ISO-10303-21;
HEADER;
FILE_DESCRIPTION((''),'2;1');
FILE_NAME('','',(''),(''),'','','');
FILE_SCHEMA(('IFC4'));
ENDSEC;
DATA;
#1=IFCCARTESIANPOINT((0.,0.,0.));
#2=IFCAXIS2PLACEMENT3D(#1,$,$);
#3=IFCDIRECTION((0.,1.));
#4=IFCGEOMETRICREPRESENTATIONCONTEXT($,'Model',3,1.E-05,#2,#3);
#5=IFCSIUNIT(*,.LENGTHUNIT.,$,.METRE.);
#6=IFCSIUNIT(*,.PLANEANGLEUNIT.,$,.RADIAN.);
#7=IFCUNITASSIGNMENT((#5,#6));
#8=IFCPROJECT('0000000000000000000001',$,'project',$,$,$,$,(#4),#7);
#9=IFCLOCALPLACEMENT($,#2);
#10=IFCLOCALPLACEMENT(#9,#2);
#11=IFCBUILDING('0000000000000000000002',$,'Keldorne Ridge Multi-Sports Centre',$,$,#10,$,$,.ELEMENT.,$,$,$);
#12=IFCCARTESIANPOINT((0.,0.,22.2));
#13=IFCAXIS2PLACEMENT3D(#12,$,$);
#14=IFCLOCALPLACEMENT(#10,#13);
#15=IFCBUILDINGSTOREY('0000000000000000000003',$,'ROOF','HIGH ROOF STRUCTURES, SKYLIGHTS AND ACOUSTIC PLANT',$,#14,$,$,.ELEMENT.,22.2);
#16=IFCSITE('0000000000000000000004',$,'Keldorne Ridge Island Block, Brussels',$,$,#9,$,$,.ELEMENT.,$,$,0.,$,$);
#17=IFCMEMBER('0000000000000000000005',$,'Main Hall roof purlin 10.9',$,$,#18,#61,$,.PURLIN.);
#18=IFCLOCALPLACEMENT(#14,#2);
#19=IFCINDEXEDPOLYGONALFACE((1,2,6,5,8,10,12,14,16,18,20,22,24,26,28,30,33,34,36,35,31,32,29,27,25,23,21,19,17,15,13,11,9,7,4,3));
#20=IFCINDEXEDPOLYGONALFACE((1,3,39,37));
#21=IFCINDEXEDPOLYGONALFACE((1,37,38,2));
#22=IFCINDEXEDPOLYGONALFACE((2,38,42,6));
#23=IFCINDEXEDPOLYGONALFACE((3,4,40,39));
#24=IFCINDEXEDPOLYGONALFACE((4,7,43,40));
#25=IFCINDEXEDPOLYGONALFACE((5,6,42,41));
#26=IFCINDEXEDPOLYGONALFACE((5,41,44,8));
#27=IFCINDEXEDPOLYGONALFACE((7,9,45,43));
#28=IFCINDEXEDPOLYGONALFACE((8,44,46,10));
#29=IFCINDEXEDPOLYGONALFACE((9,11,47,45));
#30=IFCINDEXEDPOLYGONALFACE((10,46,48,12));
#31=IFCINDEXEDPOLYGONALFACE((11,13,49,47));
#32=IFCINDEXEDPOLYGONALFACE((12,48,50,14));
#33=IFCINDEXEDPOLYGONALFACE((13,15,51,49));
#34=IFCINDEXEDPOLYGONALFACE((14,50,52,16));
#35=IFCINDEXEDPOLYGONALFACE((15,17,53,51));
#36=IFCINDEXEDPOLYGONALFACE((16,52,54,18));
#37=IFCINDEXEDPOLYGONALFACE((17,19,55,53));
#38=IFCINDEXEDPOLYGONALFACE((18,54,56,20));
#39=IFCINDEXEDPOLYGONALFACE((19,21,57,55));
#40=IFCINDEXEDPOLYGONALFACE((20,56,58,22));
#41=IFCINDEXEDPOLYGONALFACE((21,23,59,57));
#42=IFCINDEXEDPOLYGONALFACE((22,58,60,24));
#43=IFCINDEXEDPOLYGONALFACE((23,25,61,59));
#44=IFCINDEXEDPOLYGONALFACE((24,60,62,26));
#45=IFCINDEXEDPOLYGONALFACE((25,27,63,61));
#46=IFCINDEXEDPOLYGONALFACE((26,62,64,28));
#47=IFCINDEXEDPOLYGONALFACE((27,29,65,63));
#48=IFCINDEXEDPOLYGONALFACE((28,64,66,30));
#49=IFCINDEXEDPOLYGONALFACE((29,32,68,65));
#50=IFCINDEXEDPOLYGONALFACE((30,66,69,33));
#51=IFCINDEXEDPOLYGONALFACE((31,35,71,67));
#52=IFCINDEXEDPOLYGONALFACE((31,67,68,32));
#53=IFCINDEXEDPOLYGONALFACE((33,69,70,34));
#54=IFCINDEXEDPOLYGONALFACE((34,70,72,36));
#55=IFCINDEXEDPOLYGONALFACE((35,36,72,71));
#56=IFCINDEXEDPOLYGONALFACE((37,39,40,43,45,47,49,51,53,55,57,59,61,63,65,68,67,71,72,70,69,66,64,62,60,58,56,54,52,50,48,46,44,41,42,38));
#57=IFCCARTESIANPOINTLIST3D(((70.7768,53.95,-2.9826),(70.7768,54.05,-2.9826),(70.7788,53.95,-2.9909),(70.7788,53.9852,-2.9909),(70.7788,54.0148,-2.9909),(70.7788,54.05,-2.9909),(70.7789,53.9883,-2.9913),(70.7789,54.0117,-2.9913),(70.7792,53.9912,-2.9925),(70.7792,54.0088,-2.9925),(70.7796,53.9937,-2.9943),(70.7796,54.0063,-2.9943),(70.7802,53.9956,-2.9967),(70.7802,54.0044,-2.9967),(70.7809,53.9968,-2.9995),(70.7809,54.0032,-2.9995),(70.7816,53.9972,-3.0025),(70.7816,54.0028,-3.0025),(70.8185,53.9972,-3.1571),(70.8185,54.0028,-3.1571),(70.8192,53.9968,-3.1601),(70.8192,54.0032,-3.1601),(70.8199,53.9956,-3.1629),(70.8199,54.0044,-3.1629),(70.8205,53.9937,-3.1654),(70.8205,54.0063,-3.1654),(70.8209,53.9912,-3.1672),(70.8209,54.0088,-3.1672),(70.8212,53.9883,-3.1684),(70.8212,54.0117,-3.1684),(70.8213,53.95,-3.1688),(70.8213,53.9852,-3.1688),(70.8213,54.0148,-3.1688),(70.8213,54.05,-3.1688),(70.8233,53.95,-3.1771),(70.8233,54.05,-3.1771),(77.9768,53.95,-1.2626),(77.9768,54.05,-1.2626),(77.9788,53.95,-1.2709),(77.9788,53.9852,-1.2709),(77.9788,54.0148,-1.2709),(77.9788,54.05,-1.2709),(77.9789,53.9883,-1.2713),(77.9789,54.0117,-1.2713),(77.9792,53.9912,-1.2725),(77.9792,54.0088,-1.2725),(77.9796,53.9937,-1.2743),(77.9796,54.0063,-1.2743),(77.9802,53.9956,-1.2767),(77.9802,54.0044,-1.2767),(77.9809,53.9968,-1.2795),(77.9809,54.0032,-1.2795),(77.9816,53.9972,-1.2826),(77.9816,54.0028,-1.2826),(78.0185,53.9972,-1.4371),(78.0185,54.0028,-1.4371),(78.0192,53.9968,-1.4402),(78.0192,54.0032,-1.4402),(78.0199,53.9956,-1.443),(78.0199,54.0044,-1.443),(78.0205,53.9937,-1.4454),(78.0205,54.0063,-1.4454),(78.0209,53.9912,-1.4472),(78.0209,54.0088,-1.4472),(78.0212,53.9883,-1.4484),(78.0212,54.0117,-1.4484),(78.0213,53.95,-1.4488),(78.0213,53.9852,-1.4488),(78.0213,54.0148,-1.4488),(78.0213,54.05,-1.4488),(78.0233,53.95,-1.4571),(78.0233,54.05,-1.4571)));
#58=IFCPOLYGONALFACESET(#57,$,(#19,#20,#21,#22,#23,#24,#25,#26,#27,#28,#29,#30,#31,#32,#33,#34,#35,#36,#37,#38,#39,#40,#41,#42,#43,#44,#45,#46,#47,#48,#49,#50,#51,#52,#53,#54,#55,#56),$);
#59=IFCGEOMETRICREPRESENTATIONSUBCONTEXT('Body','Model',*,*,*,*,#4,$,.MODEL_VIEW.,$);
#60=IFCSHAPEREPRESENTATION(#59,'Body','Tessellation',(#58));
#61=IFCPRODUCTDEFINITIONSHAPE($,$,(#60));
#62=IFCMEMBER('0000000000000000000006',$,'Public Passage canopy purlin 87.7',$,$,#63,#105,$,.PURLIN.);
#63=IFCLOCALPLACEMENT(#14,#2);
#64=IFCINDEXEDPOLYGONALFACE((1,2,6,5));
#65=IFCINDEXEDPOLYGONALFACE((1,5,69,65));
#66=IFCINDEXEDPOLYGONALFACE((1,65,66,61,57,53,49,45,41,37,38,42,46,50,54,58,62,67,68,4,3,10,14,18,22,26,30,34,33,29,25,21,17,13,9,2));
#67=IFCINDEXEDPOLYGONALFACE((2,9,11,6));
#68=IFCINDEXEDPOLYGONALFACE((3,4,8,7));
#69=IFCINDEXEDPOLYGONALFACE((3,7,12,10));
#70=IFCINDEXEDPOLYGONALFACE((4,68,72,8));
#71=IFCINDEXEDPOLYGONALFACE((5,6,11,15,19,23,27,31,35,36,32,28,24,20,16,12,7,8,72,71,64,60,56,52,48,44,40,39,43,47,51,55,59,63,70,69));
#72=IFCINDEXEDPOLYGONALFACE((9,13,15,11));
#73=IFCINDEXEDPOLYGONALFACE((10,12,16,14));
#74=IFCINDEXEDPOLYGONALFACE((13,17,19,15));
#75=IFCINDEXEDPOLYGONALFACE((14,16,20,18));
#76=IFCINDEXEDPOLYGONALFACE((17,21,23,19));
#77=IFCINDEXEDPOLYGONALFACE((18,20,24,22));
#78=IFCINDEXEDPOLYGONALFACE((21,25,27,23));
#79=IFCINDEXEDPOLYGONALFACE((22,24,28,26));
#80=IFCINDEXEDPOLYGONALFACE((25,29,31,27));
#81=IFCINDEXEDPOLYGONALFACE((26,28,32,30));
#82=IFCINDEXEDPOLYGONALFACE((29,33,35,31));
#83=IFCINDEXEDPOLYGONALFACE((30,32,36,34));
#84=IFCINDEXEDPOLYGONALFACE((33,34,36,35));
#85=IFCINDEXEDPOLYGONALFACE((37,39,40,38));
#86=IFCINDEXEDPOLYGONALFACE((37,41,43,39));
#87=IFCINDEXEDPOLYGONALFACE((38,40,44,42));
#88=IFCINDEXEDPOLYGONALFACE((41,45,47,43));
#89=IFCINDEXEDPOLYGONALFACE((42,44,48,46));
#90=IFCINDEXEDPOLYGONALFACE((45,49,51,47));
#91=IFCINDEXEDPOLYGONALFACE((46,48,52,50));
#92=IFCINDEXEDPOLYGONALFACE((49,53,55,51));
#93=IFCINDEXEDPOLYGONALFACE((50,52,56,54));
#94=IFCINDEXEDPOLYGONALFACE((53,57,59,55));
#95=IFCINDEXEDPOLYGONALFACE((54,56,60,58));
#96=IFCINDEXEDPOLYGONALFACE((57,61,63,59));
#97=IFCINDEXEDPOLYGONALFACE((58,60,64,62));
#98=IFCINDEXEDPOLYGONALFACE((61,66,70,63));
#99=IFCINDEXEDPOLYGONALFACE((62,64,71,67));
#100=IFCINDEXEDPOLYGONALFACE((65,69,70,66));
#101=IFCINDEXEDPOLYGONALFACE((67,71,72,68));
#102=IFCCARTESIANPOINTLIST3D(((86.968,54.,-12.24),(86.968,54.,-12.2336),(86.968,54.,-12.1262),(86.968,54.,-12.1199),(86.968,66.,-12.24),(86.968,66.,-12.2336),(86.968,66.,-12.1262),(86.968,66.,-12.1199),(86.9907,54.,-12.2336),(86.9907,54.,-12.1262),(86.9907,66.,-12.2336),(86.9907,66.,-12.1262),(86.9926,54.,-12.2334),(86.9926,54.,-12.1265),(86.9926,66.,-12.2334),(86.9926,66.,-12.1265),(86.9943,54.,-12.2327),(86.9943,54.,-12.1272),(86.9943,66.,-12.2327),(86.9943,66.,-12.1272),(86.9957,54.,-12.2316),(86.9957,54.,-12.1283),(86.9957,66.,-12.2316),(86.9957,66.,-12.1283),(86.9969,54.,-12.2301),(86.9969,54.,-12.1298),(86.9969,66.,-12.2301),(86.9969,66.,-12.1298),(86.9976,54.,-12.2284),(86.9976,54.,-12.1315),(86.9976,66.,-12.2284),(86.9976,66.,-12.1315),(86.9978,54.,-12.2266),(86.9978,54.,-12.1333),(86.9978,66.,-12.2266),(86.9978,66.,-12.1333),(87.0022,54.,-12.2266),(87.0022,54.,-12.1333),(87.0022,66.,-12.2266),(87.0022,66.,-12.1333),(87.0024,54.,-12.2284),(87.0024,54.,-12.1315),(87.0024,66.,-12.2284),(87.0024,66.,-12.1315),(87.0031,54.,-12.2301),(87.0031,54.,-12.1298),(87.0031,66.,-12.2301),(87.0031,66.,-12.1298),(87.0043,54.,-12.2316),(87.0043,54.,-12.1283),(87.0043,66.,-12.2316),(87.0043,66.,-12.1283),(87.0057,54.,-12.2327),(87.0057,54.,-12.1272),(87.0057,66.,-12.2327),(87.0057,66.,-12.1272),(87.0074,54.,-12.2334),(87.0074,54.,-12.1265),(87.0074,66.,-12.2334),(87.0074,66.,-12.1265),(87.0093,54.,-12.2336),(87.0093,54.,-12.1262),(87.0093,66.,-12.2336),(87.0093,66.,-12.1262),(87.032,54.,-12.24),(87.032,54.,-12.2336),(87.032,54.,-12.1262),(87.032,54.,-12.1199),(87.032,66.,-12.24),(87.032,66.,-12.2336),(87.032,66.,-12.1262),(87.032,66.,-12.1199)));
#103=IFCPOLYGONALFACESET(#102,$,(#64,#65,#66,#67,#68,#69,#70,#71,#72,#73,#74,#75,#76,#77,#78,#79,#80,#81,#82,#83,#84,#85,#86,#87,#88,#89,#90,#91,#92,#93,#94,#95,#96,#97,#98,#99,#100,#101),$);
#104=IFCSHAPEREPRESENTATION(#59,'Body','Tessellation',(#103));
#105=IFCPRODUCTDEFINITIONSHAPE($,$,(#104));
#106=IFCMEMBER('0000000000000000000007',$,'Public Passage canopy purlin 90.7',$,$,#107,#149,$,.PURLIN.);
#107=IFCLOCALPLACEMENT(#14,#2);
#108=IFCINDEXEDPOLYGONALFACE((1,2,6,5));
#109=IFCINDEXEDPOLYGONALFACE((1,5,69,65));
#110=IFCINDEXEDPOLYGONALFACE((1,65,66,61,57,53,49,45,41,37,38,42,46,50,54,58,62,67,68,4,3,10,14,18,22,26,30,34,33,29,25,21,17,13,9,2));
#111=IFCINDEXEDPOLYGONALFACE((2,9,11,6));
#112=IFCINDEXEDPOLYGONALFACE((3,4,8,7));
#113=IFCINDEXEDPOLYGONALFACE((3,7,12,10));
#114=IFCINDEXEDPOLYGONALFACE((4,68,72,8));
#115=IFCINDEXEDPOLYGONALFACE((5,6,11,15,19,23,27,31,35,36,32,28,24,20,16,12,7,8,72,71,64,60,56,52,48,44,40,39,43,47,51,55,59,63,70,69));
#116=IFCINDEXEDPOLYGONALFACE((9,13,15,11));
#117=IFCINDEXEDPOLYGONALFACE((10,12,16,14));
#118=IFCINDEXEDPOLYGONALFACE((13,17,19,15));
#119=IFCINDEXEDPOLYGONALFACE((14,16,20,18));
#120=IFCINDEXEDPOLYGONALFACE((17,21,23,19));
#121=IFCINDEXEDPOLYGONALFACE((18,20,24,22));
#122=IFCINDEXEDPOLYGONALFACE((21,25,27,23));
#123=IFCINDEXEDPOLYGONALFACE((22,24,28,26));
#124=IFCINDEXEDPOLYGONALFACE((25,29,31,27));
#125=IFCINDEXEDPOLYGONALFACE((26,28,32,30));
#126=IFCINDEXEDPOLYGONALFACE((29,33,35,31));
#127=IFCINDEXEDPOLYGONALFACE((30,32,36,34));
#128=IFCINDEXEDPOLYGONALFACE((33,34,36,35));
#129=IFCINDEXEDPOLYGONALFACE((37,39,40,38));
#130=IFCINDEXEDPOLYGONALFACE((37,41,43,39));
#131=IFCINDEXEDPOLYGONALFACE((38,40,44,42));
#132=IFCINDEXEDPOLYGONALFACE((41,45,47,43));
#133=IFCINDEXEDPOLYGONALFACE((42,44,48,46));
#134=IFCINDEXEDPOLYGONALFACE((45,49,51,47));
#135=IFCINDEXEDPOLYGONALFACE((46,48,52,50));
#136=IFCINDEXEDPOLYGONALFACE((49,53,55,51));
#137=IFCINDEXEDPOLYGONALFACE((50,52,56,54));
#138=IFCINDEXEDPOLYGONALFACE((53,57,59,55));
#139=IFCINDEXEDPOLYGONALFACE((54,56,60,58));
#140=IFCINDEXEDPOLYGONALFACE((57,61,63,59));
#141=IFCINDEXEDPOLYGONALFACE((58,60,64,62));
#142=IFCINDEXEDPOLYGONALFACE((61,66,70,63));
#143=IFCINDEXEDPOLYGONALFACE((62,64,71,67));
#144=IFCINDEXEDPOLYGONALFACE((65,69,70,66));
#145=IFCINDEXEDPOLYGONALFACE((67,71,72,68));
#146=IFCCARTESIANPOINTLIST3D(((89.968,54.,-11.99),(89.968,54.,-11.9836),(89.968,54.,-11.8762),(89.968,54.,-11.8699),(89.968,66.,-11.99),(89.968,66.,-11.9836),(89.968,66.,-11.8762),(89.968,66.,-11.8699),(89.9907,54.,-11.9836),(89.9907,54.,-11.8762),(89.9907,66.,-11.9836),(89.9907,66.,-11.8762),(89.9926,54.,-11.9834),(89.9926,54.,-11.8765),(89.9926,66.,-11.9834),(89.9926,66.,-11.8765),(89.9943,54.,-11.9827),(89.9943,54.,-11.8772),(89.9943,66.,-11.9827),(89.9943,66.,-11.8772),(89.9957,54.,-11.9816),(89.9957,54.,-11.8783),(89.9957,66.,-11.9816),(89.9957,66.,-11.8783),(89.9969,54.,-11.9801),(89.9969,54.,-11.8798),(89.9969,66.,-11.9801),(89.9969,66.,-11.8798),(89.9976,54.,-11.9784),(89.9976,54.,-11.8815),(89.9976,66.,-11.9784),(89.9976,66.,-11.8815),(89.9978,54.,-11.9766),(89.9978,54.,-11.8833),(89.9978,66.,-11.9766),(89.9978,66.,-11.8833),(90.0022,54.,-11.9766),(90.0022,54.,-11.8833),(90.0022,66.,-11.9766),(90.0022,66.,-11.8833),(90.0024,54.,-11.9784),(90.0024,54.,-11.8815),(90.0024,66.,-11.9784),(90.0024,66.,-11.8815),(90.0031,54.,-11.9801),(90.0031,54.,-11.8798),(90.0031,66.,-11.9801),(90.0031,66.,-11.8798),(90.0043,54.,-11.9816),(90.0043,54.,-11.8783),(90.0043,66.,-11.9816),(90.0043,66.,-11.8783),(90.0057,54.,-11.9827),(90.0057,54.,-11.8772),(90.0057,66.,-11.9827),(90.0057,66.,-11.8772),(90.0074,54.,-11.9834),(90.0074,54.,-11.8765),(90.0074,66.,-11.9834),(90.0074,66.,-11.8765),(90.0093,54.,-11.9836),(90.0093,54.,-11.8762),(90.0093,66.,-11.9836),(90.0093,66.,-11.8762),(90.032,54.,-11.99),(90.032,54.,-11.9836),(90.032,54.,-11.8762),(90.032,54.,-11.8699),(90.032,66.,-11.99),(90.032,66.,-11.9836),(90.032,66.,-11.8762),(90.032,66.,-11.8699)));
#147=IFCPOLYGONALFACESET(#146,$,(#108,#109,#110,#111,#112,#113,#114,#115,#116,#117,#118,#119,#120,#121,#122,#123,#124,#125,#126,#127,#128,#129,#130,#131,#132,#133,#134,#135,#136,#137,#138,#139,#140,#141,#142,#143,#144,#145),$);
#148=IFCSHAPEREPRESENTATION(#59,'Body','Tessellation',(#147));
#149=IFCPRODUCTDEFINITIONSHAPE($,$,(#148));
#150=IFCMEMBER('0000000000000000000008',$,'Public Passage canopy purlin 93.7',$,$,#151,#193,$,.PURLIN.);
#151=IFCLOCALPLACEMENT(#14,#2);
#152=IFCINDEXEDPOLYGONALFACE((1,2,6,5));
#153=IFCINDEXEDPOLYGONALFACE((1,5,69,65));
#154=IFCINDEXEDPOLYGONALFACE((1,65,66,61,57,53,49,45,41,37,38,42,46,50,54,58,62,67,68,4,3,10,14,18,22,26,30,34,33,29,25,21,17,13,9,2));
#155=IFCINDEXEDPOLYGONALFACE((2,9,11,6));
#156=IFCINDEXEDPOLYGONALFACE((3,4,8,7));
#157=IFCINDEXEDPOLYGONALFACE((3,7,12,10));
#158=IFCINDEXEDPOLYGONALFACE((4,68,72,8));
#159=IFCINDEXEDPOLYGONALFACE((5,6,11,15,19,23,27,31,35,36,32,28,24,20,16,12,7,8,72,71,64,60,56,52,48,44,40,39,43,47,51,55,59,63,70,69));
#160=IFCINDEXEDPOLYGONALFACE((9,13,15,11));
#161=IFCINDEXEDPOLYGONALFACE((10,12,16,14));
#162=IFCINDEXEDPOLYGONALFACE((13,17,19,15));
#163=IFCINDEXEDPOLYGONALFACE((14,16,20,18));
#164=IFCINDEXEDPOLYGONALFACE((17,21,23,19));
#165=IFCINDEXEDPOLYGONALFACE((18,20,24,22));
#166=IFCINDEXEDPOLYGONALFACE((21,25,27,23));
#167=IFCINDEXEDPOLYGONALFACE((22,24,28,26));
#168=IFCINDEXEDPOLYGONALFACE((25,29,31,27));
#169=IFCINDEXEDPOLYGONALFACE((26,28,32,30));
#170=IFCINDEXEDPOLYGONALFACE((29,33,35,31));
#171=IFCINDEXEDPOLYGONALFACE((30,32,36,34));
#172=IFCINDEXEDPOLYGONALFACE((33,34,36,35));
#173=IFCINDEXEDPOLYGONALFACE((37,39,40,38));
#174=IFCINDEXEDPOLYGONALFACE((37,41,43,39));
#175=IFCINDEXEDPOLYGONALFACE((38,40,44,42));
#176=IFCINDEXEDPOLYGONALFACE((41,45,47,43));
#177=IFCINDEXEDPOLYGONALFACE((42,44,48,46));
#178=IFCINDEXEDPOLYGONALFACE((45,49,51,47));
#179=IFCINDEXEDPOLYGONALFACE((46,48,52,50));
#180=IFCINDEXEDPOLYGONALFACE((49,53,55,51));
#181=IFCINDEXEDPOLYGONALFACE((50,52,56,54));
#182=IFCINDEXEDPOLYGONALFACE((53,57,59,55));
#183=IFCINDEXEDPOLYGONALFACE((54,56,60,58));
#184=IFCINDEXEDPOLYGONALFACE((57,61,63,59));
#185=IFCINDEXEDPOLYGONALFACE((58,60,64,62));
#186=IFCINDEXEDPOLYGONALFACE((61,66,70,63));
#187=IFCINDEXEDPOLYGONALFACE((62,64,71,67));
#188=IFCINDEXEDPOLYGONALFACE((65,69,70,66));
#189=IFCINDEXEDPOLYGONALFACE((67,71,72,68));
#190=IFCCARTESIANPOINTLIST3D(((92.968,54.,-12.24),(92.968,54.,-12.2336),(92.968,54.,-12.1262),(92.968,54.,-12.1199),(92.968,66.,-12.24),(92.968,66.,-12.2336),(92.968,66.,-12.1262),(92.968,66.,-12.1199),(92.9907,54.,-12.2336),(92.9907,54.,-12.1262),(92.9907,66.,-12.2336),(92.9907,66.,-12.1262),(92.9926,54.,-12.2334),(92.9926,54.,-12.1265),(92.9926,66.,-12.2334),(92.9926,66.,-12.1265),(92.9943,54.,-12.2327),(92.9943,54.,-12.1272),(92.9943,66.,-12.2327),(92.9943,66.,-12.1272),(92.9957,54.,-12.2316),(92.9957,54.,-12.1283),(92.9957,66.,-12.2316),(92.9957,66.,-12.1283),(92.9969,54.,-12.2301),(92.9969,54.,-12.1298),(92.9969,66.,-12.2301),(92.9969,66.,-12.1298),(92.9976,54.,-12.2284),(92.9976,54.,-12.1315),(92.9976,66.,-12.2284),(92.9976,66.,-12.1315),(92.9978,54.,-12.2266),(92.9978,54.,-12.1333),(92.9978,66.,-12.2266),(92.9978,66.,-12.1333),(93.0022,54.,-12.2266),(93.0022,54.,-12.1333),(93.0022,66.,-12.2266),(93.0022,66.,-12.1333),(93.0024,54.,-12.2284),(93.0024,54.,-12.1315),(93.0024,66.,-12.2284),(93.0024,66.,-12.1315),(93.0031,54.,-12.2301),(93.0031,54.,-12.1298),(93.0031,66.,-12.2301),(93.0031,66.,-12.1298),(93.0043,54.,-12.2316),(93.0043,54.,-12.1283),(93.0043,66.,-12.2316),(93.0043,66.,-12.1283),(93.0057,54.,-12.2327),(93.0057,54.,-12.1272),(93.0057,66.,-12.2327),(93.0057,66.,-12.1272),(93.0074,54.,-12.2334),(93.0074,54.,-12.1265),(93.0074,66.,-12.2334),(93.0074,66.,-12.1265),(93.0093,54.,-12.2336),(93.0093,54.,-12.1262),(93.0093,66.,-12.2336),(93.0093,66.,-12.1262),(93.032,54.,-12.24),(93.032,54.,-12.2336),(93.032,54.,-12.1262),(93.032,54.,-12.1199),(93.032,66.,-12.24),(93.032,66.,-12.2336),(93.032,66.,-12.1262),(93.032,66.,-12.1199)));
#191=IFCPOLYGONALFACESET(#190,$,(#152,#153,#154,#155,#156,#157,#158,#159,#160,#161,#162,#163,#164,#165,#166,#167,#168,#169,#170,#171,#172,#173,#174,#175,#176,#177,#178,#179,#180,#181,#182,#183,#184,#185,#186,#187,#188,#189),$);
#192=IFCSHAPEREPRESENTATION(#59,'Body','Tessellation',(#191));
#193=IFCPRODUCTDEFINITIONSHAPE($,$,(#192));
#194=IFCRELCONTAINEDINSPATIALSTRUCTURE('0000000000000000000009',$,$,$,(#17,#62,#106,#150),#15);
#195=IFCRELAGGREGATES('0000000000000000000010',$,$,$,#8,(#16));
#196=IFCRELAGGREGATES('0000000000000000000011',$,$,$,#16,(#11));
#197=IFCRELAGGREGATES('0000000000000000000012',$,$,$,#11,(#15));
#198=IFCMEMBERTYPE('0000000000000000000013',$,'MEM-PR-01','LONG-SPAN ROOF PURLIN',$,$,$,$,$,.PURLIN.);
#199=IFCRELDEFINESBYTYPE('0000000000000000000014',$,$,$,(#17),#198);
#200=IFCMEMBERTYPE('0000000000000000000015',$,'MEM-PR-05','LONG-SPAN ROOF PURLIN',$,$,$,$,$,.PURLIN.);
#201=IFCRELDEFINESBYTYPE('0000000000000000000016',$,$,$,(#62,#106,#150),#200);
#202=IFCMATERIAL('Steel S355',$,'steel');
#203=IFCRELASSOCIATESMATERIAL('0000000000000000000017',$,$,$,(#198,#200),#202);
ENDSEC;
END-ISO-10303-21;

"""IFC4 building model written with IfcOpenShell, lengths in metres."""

from ifc_helpers import new_model, si_unit, direction, frame, origin, origin_2d, place, context, subcontext, project, spatial, i_section, extrude, material, material_profile, profile_set, type_object, element, save


model = new_model("IFC4")

# Units and contexts
model_context = context("Model", 3, precision=1e-05, world=origin(), true_north=direction((0.0, 1.0)))
body_context = subcontext(model_context, "Body", "Model", "MODEL_VIEW")
ifc_project = project(units=[si_unit("LENGTHUNIT", "METRE"), si_unit("PLANEANGLEUNIT", "RADIAN")], contexts=[model_context])

# Site, building, storey
site_placement = place(None, origin())
site = spatial("IfcSite", under=ifc_project, at=site_placement, Name="Keldorne Ridge Island Block, Brussels", CompositionType="ELEMENT", RefElevation=0.0)
building_placement = place(site_placement, origin())
building = spatial("IfcBuilding", under=site, at=building_placement, Name="Keldorne Ridge Multi-Sports Centre", CompositionType="ELEMENT")
storey_placement = place(building_placement, frame((0.0, 0.0, 22.2)))
storey = spatial("IfcBuildingStorey", under=building, at=storey_placement, Name="ROOF", Description="HIGH ROOF STRUCTURES, SKYLIGHTS AND ACOUSTIC PLANT", CompositionType="ELEMENT", Elevation=22.2)

# Members
ifc_material = material(Name="Steel S355", Category="steel")
ifc_material_profile_1 = material_profile(ifc_material, i_section(OverallWidth=0.1001, OverallDepth=0.2, WebThickness=0.0056, FlangeThickness=0.0085, FilletRadius=0.012, at=origin_2d()), Name="IPE 200")
ifc_profile_set_1 = profile_set([ifc_material_profile_1], Name="Steel S355")
member_type_1 = type_object("IfcMemberType", Name="MEM-PR-01", Description="LONG-SPAN ROOF PURLIN", PredefinedType="PURLIN", material=ifc_profile_set_1)
member_1_placement = place(storey_placement, frame((70.8, 54.0, -3.0798), z_axis=(0.972633, 0.0, 0.232349), x_axis=(0.0, 1.0, 0.0)))
element("IfcMember", 1, at=member_1_placement, inside=storey, type_object=member_type_1, Name="Main Hall roof purlin 10.9", PredefinedType="PURLIN", context=body_context, shape_type="SweptSolid", body=[
    extrude(i_section(OverallWidth=0.1001, OverallDepth=0.2, WebThickness=0.0056, FlangeThickness=0.0085, FilletRadius=0.012, at=origin_2d()), origin(), (0.0, 0.0, 1.0), 7.4026),
])
ifc_material_profile_2 = material_profile(ifc_material, i_section(OverallWidth=0.064, OverallDepth=0.1201, WebThickness=0.0044, FlangeThickness=0.0063, FilletRadius=0.0071, at=origin_2d()), Name="IPE 120")
ifc_profile_set_2 = profile_set([ifc_material_profile_2], Name="Steel S355")
member_type_2 = type_object("IfcMemberType", Name="MEM-PR-05", Description="LONG-SPAN ROOF PURLIN", PredefinedType="PURLIN", material=ifc_profile_set_2)
for number, where, z_axis, x_axis, name in (
    (2, (87.0, 54.0, -12.1799), (0.0, 1.0, 0.0), (-1.0, 0.0, 0.0), "Public Passage canopy purlin 87.7"),
    (3, (90.0, 54.0, -11.9299), (0.0, 1.0, 0.0), (-1.0, 0.0, 0.0), "Public Passage canopy purlin 90.7"),
    (4, (93.0, 54.0, -12.1799), (0.0, 1.0, 0.0), (-1.0, 0.0, 0.0), "Public Passage canopy purlin 93.7"),
):
    element("IfcMember", number, at=place(storey_placement, frame(where, z_axis=z_axis, x_axis=x_axis)), inside=storey, type_object=member_type_2, Name=name, PredefinedType="PURLIN", context=body_context, shape_type="SweptSolid", body=[
        extrude(i_section(OverallWidth=0.064, OverallDepth=0.1201, WebThickness=0.0044, FlangeThickness=0.0063, FilletRadius=0.0071, at=origin_2d()), origin(), (0.0, 0.0, 1.0), 12.0),
    ])

save(model, "model.ifc")
